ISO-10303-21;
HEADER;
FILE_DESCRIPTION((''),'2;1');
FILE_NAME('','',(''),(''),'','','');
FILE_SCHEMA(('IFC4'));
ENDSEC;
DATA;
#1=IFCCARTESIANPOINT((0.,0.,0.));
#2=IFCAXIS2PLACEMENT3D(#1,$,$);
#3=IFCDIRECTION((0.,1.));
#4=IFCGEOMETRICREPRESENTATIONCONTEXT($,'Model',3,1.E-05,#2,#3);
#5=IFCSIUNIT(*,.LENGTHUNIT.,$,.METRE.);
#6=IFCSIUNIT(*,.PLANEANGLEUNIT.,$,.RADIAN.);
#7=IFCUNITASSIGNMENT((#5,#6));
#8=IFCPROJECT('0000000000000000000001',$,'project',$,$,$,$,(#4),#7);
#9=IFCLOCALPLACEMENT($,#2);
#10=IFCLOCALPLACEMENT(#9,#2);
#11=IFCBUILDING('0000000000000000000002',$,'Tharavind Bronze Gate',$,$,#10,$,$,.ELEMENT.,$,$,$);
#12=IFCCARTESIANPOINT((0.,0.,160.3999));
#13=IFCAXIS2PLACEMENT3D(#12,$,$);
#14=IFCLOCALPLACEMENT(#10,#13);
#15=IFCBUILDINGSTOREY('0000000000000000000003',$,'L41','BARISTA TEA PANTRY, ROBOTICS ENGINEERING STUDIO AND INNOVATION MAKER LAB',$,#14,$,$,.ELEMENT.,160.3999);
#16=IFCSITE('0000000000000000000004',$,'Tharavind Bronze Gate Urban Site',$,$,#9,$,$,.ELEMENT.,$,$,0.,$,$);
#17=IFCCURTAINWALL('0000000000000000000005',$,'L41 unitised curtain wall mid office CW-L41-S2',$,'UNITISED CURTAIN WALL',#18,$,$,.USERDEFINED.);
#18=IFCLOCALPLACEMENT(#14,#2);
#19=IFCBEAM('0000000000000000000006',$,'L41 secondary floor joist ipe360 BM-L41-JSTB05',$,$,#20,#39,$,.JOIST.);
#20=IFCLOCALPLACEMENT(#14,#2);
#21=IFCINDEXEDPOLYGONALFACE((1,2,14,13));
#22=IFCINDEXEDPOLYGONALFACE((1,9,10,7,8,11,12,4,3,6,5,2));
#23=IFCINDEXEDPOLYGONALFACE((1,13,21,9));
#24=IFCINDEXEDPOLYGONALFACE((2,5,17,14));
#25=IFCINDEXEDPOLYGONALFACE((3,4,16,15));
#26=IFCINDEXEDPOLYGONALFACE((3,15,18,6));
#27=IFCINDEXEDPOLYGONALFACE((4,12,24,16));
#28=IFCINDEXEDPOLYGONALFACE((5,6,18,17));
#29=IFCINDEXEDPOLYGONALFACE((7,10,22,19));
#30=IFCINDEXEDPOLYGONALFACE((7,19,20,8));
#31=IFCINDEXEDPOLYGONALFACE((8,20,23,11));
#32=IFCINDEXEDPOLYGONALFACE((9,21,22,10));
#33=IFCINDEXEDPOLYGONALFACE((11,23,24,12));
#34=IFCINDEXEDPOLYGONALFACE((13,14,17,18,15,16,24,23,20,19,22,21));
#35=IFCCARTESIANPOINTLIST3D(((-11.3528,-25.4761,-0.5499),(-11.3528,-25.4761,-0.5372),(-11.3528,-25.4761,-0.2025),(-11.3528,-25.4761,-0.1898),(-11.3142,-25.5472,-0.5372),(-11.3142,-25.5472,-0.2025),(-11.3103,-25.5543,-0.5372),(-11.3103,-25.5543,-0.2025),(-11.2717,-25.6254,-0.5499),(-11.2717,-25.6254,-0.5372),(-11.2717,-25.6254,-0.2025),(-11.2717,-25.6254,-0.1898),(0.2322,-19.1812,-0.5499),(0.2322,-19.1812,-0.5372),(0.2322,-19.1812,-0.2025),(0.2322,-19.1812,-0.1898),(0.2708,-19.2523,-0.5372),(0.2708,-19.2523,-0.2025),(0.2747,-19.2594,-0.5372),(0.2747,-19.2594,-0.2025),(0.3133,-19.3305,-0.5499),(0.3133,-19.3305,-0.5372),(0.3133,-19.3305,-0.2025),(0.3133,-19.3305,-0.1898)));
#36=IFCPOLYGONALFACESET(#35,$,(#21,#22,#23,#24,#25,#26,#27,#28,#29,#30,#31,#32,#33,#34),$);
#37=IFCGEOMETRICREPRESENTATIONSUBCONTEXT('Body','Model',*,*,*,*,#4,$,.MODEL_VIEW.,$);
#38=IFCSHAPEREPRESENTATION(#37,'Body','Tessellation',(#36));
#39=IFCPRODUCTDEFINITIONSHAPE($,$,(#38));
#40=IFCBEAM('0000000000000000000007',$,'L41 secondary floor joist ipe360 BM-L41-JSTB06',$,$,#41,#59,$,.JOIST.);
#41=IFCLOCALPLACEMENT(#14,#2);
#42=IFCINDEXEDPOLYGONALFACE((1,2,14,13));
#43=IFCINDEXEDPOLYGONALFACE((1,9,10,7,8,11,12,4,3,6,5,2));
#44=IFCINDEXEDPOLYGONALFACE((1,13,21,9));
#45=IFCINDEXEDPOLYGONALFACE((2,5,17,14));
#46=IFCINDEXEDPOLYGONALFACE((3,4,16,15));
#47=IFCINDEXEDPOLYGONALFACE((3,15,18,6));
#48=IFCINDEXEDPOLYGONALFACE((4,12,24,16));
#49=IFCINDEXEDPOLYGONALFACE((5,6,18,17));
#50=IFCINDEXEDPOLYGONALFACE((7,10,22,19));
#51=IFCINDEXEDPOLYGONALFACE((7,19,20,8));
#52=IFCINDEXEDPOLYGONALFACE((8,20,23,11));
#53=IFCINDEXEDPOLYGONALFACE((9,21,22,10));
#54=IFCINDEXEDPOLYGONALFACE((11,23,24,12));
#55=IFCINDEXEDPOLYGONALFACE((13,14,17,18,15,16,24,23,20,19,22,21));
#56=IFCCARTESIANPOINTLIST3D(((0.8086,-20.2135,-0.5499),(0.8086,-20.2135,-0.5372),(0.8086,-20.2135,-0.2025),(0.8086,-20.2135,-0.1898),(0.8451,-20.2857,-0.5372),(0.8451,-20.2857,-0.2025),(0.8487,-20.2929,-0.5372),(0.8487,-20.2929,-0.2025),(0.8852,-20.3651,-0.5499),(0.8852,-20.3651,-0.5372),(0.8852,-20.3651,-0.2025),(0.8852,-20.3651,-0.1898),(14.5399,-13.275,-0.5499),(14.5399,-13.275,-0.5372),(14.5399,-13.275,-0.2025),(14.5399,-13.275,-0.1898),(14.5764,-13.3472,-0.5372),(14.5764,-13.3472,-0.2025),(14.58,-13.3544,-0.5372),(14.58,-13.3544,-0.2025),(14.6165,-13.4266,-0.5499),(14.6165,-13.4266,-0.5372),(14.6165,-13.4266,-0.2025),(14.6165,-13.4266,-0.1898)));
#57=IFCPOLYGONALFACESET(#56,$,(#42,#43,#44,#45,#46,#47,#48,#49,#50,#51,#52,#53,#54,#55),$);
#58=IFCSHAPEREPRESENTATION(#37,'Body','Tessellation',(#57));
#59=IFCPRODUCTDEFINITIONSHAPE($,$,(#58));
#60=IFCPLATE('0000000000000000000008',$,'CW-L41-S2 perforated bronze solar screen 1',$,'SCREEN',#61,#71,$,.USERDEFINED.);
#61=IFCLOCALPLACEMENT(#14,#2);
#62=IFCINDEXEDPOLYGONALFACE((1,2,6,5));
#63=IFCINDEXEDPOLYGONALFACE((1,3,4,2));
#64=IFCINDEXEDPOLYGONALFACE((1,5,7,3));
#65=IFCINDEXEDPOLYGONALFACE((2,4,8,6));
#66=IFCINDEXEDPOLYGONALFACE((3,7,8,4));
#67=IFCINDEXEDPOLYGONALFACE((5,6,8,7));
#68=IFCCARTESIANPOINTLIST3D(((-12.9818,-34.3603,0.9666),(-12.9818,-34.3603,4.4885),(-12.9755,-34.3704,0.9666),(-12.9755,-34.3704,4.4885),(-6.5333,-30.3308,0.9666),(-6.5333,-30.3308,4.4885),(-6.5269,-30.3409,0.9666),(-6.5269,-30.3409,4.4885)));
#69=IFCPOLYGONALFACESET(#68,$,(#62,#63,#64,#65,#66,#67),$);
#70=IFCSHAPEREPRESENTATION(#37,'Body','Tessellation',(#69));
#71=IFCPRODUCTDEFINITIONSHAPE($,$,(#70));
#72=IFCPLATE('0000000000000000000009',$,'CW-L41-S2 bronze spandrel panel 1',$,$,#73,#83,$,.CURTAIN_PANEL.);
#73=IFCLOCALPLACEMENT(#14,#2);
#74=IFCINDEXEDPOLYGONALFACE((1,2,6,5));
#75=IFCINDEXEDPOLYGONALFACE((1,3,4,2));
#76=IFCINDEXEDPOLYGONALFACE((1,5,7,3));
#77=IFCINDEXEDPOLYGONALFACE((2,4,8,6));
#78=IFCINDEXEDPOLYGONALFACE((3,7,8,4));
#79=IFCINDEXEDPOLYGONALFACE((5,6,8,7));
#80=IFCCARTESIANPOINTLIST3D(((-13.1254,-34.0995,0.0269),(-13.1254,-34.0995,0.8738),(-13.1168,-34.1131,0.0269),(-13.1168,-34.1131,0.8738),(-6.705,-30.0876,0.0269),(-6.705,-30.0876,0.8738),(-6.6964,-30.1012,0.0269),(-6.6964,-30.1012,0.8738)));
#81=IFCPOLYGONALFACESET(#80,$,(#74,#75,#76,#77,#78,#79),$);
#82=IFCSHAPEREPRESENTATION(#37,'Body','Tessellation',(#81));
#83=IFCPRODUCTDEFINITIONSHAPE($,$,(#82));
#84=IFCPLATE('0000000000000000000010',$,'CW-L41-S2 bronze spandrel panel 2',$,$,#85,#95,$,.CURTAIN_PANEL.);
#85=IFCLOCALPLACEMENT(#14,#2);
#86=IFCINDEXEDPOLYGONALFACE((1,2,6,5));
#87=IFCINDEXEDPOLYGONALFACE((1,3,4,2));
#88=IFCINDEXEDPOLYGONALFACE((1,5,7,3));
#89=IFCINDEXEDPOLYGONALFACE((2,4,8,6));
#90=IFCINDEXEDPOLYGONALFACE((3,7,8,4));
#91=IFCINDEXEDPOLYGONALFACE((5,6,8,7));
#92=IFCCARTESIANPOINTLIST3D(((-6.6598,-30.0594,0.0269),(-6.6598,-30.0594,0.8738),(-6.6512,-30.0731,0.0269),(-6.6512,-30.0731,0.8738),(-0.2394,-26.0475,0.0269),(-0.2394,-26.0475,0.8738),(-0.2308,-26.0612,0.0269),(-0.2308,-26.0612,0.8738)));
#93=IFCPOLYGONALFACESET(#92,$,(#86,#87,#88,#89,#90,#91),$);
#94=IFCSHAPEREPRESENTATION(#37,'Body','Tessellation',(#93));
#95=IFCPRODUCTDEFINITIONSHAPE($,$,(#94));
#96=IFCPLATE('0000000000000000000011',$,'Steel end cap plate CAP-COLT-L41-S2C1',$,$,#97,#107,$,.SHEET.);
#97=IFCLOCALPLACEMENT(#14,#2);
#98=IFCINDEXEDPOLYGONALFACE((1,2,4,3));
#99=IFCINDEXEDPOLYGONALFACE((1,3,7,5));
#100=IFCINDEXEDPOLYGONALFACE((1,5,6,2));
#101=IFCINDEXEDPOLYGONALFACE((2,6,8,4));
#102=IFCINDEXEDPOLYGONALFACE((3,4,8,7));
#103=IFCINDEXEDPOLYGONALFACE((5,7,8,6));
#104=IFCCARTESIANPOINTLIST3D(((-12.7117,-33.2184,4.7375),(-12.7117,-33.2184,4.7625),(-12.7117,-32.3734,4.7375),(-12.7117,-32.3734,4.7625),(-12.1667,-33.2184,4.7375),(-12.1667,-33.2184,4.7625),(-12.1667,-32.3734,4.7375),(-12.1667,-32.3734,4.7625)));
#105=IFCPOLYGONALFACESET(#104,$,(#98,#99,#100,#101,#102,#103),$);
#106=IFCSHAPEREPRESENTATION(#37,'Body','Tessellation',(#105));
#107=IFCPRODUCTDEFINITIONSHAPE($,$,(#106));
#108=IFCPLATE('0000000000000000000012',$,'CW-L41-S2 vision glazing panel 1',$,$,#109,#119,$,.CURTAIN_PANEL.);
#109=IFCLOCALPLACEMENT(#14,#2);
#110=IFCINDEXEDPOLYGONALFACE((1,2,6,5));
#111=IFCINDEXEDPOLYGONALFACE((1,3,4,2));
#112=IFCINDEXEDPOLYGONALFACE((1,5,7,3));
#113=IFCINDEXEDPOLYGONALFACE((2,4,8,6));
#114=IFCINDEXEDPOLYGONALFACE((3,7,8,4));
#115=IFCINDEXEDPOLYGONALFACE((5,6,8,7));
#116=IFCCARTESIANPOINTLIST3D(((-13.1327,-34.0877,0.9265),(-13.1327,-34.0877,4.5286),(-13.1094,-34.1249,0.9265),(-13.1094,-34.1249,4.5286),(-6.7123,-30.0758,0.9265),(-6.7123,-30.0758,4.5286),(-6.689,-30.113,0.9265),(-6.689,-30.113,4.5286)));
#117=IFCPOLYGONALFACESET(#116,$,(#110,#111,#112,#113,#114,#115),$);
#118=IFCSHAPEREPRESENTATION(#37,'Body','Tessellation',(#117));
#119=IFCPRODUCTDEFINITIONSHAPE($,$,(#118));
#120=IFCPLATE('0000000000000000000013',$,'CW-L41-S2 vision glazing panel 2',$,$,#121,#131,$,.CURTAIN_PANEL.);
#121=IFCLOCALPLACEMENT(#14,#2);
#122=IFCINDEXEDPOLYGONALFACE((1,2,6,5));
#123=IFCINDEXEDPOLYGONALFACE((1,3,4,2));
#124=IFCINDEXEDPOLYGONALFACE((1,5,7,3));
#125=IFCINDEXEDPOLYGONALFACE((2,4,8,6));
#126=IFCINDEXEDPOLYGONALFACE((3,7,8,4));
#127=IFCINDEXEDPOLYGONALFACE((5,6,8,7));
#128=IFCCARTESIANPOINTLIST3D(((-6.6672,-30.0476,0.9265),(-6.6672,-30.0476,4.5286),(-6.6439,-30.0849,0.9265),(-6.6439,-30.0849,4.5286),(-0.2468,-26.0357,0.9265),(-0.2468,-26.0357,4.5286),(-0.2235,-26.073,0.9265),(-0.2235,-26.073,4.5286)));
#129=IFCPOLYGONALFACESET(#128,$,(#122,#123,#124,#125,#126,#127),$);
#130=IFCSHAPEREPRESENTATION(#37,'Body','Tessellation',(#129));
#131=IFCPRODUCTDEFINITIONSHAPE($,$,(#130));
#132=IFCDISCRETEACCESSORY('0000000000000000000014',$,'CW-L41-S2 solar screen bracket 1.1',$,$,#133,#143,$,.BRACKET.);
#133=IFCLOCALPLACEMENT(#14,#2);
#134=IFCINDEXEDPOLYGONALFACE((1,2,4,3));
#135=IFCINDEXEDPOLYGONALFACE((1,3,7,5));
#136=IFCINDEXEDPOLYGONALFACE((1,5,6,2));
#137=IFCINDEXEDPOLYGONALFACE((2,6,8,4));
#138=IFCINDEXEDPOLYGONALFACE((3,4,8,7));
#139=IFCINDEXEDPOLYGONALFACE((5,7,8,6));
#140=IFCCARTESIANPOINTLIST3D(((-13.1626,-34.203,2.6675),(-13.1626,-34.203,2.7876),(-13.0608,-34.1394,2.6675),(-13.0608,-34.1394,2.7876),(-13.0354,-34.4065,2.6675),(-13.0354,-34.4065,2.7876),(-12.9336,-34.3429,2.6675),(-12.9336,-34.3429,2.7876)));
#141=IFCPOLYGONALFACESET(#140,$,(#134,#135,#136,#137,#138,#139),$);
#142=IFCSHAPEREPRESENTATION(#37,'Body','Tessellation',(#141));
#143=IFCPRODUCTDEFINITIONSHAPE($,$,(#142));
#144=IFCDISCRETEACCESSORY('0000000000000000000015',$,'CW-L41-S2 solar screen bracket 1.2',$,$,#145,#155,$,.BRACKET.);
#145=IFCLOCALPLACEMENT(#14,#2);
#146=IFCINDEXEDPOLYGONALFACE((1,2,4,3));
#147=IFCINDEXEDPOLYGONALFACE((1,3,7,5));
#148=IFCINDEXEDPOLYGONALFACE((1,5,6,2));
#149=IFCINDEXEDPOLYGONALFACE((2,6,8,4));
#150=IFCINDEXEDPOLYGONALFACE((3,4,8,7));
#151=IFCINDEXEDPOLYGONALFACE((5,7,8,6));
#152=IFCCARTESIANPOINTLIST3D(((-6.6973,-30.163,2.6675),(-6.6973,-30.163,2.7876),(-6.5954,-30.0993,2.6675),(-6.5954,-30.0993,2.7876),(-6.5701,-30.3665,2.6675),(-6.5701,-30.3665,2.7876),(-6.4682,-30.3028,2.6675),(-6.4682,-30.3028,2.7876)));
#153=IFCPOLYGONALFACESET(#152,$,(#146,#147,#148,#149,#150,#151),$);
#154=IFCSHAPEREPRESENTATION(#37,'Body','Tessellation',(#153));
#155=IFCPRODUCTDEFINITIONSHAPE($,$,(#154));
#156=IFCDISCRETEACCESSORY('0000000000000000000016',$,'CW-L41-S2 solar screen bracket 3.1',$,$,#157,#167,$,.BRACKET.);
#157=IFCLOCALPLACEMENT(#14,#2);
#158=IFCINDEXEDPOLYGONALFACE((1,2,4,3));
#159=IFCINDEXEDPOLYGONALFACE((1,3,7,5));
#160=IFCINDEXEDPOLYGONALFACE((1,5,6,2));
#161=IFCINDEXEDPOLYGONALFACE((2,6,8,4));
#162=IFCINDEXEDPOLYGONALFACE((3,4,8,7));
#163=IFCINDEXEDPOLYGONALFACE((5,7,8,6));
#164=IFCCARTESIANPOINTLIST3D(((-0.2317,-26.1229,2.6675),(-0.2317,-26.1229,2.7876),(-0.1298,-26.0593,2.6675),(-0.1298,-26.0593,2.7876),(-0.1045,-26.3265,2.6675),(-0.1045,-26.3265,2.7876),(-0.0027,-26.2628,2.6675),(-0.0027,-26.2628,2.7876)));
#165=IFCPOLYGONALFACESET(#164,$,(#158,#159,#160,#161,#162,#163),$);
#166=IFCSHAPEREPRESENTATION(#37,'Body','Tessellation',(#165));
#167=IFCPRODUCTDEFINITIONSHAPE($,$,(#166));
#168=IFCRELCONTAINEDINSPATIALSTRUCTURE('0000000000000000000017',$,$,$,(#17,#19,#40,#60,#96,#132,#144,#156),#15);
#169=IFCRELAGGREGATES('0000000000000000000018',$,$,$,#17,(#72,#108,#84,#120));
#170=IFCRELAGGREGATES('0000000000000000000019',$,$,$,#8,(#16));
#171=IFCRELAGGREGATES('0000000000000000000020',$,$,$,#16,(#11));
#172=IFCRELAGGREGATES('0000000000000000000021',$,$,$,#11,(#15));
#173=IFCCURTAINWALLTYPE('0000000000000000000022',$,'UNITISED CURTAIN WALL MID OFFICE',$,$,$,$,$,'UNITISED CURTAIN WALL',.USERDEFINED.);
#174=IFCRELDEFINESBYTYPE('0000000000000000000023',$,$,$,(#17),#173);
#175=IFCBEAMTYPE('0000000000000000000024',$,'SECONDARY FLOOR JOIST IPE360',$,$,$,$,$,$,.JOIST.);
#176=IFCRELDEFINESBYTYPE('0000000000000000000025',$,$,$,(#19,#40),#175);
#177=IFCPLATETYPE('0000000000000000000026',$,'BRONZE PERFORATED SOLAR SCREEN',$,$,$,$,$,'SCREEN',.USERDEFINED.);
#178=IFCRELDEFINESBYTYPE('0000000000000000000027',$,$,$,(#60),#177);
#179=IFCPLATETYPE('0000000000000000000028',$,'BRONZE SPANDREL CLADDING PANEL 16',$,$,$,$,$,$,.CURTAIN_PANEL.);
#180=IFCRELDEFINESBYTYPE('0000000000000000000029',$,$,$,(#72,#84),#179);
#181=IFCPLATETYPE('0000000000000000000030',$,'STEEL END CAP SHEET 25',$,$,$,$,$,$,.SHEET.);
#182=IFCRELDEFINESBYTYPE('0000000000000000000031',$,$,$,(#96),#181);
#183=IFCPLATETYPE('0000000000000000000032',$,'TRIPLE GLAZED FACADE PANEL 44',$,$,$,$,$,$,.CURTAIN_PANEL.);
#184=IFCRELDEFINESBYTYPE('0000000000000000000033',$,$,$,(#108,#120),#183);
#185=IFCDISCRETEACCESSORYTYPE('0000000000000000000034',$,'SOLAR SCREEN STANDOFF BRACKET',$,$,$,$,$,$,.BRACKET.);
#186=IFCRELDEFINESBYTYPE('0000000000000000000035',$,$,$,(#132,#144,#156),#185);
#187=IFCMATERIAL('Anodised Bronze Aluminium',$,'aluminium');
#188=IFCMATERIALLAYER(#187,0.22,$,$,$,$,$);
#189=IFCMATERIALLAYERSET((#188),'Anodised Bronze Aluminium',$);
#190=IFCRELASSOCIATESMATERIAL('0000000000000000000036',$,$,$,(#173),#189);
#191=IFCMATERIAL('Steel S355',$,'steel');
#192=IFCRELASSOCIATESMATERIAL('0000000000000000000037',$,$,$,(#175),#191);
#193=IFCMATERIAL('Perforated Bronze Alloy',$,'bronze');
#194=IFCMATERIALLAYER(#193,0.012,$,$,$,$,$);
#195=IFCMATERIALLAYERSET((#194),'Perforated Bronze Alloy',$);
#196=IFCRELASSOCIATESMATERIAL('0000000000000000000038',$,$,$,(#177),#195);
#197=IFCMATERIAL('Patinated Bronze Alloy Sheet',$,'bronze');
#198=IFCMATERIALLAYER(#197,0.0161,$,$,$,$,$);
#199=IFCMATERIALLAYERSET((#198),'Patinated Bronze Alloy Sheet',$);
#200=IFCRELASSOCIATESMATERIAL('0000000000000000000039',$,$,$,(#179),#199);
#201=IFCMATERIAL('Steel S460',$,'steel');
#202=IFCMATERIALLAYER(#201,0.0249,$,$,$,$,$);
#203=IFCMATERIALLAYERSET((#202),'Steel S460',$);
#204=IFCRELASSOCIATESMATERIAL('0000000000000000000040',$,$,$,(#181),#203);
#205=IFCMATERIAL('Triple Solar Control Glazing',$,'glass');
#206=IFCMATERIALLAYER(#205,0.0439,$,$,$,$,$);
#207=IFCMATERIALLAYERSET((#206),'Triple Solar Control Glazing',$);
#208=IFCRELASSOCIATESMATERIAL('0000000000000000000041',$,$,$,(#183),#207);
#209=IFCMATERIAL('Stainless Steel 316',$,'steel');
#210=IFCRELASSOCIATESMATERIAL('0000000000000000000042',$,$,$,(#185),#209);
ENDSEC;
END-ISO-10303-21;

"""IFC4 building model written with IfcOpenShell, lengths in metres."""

from ifc_helpers import new_model, si_unit, direction, frame, origin, origin_2d, place, context, subcontext, project, spatial, rectangle, i_section, extrude, material, layer, layer_set, material_profile, profile_set, type_object, element, aggregate, save


model = new_model("IFC4")

# Units and contexts
model_context = context("Model", 3, precision=1e-05, world=origin(), true_north=direction((0.0, 1.0)))
body_context = subcontext(model_context, "Body", "Model", "MODEL_VIEW")
ifc_project = project(units=[si_unit("LENGTHUNIT", "METRE"), si_unit("PLANEANGLEUNIT", "RADIAN")], contexts=[model_context])

# Site, building, storey
site_placement = place(None, origin())
site = spatial("IfcSite", under=ifc_project, at=site_placement, Name="Tharavind Bronze Gate Urban Site", CompositionType="ELEMENT", RefElevation=0.0)
building_placement = place(site_placement, origin())
building = spatial("IfcBuilding", under=site, at=building_placement, Name="Tharavind Bronze Gate", CompositionType="ELEMENT")
storey_placement = place(building_placement, frame((0.0, 0.0, 160.3999)))
storey = spatial("IfcBuildingStorey", under=building, at=storey_placement, Name="L41", Description="BARISTA TEA PANTRY, ROBOTICS ENGINEERING STUDIO AND INNOVATION MAKER LAB", CompositionType="ELEMENT", Elevation=160.3999)

# Shared definitions
ifc_material_1 = material(Name="Steel S460", Category="steel")

# Curtain wall
ifc_material_2 = material(Name="Anodised Bronze Aluminium", Category="aluminium")
ifc_layer_1 = layer(ifc_material_2, 0.22)
ifc_layer_set_1 = layer_set([ifc_layer_1], Name="Anodised Bronze Aluminium")
curtain_wall_type = type_object("IfcCurtainWallType", Name="UNITISED CURTAIN WALL MID OFFICE", ElementType="UNITISED CURTAIN WALL", PredefinedType="USERDEFINED", material=ifc_layer_set_1)
curtain_wall_placement = place(storey_placement, origin())
curtain_wall = element("IfcCurtainWall", 1, at=curtain_wall_placement, inside=storey, type_object=curtain_wall_type, Name="L41 unitised curtain wall mid office CW-L41-S2", ObjectType="UNITISED CURTAIN WALL", PredefinedType="USERDEFINED")

# Beams
ifc_material_3 = material(Name="Steel S355", Category="steel")
ifc_material_profile_1 = material_profile(ifc_material_3, i_section(OverallWidth=0.1699, OverallDepth=0.3601, WebThickness=0.0081, FlangeThickness=0.0127, at=origin_2d()), Name="IPE360")
ifc_profile_set_1 = profile_set([ifc_material_profile_1], Name="Steel S355")
beam_type_1 = type_object("IfcBeamType", Name="SECONDARY FLOOR JOIST IPE360", PredefinedType="JOIST", material=ifc_profile_set_1)
beam_1_placement = place(storey_placement, frame((-11.3123, -25.5508, -0.3699), z_axis=(0.878664, 0.47744, 0.0), x_axis=(-0.47744, 0.878664, 0.0)))
element("IfcBeam", 2, at=beam_1_placement, inside=storey, type_object=beam_type_1, Name="L41 secondary floor joist ipe360 BM-L41-JSTB05", PredefinedType="JOIST", context=body_context, shape_type="SweptSolid", body=[
    extrude(i_section(OverallWidth=0.1699, OverallDepth=0.3601, WebThickness=0.0081, FlangeThickness=0.0127, at=origin_2d()), origin(), (0.0, 0.0, 1.0), 13.1848),
])
beam_2_placement = place(storey_placement, frame((0.8469, -20.2893, -0.3699), z_axis=(0.892524, 0.450999, 0.0), x_axis=(-0.450999, 0.892524, 0.0)))
element("IfcBeam", 3, at=beam_2_placement, inside=storey, type_object=beam_type_1, Name="L41 secondary floor joist ipe360 BM-L41-JSTB06", PredefinedType="JOIST", context=body_context, shape_type="SweptSolid", body=[
    extrude(i_section(OverallWidth=0.1699, OverallDepth=0.3601, WebThickness=0.0081, FlangeThickness=0.0127, at=origin_2d()), origin(), (0.0, 0.0, 1.0), 15.3848),
])

# Plates
ifc_material_4 = material(Name="Perforated Bronze Alloy", Category="bronze")
ifc_layer_2 = layer(ifc_material_4, 0.012)
ifc_layer_set_2 = layer_set([ifc_layer_2], Name="Perforated Bronze Alloy")
plate_type_1 = type_object("IfcPlateType", Name="BRONZE PERFORATED SOLAR SCREEN", ElementType="SCREEN", PredefinedType="USERDEFINED", material=ifc_layer_set_2)
plate_1_placement = place(storey_placement, frame((-9.7544, -32.3506, 0.9666), z_axis=(0.0, 0.0, 1.0), x_axis=(0.848048, 0.529919, 0.0)))
element("IfcPlate", 4, at=plate_1_placement, inside=storey, type_object=plate_type_1, Name="CW-L41-S2 perforated bronze solar screen 1", ObjectType="SCREEN", PredefinedType="USERDEFINED", context=body_context, shape_type="SweptSolid", body=[
    extrude(rectangle(XDim=7.604, YDim=0.012, at=origin_2d()), origin(), (0.0, 0.0, 1.0), 3.522),
])
ifc_material_5 = material(Name="Patinated Bronze Alloy Sheet", Category="bronze")
ifc_layer_3 = layer(ifc_material_5, 0.0161)
ifc_layer_set_3 = layer_set([ifc_layer_3], Name="Patinated Bronze Alloy Sheet")
plate_type_2 = type_object("IfcPlateType", Name="BRONZE SPANDREL CLADDING PANEL 16", PredefinedType="CURTAIN_PANEL", material=ifc_layer_set_3)
plate_2_placement = place(storey_placement, frame((-9.9109, -32.1003, 0.0269), z_axis=(0.0, 0.0, 1.0), x_axis=(0.848048, 0.529919, 0.0)))
plate_2 = element("IfcPlate", 5, at=plate_2_placement, type_object=plate_type_2, Name="CW-L41-S2 bronze spandrel panel 1", PredefinedType="CURTAIN_PANEL", context=body_context, shape_type="SweptSolid", body=[
    extrude(rectangle(XDim=7.5708, YDim=0.0161, at=origin_2d()), origin(), (0.0, 0.0, 1.0), 0.8469),
])
plate_3_placement = place(storey_placement, frame((-3.4453, -28.0603, 0.0269), z_axis=(0.0, 0.0, 1.0), x_axis=(0.848048, 0.529919, 0.0)))
plate_3 = element("IfcPlate", 6, at=plate_3_placement, type_object=plate_type_2, Name="CW-L41-S2 bronze spandrel panel 2", PredefinedType="CURTAIN_PANEL", context=body_context, shape_type="SweptSolid", body=[
    extrude(rectangle(XDim=7.5708, YDim=0.0161, at=origin_2d()), origin(), (0.0, 0.0, 1.0), 0.8469),
])
ifc_layer_4 = layer(ifc_material_1, 0.0249)
ifc_layer_set_4 = layer_set([ifc_layer_4], Name="Steel S460")
plate_type_3 = type_object("IfcPlateType", Name="STEEL END CAP SHEET 25", PredefinedType="SHEET", material=ifc_layer_set_4)
plate_4_placement = place(storey_placement, frame((-12.4392, -32.7959, 4.7375), z_axis=(0.0, 0.0, 1.0), x_axis=(1.0, 0.0, 0.0)))
element("IfcPlate", 7, at=plate_4_placement, inside=storey, type_object=plate_type_3, Name="Steel end cap plate CAP-COLT-L41-S2C1", PredefinedType="SHEET", context=body_context, shape_type="SweptSolid", body=[
    extrude(rectangle(XDim=0.5449, YDim=0.845, at=origin_2d()), origin(), (0.0, 0.0, 1.0), 0.0249),
])
ifc_material_6 = material(Name="Triple Solar Control Glazing", Category="glass")
ifc_layer_5 = layer(ifc_material_6, 0.0439)
ifc_layer_set_5 = layer_set([ifc_layer_5], Name="Triple Solar Control Glazing")
plate_type_4 = type_object("IfcPlateType", Name="TRIPLE GLAZED FACADE PANEL 44", PredefinedType="CURTAIN_PANEL", material=ifc_layer_set_5)
plate_5_placement = place(storey_placement, frame((-9.9109, -32.1003, 0.9265), z_axis=(0.0, 0.0, 1.0), x_axis=(0.848048, 0.529919, 0.0)))
plate_5 = element("IfcPlate", 8, at=plate_5_placement, type_object=plate_type_4, Name="CW-L41-S2 vision glazing panel 1", PredefinedType="CURTAIN_PANEL", context=body_context, shape_type="SweptSolid", body=[
    extrude(rectangle(XDim=7.5708, YDim=0.0439, at=origin_2d()), origin(), (0.0, 0.0, 1.0), 3.6021),
])
plate_6_placement = place(storey_placement, frame((-3.4453, -28.0603, 0.9265), z_axis=(0.0, 0.0, 1.0), x_axis=(0.848048, 0.529919, 0.0)))
plate_6 = element("IfcPlate", 9, at=plate_6_placement, type_object=plate_type_4, Name="CW-L41-S2 vision glazing panel 2", PredefinedType="CURTAIN_PANEL", context=body_context, shape_type="SweptSolid", body=[
    extrude(rectangle(XDim=7.5708, YDim=0.0439, at=origin_2d()), origin(), (0.0, 0.0, 1.0), 3.6021),
])
aggregate(curtain_wall, [plate_2, plate_5, plate_3, plate_6])

# Discrete accessories
ifc_material_7 = material(Name="Stainless Steel 316", Category="steel")
discrete_accessory_type = type_object("IfcDiscreteAccessoryType", Name="SOLAR SCREEN STANDOFF BRACKET", PredefinedType="BRACKET", material=ifc_material_7)
for number, where, z_axis, x_axis, name in (
    (10, (-13.0481, -34.2729, 2.6675), (0.0, 0.0, 1.0), (0.848048, 0.529919, 0.0), "CW-L41-S2 solar screen bracket 1.1"),
    (11, (-6.5828, -30.2329, 2.6675), (0.0, 0.0, 1.0), (0.848048, 0.529919, 0.0), "CW-L41-S2 solar screen bracket 1.2"),
    (12, (-0.1172, -26.1929, 2.6675), (0.0, 0.0, 1.0), (0.848048, 0.529919, 0.0), "CW-L41-S2 solar screen bracket 3.1"),
):
    element("IfcDiscreteAccessory", number, at=place(storey_placement, frame(where, z_axis=z_axis, x_axis=x_axis)), inside=storey, type_object=discrete_accessory_type, Name=name, PredefinedType="BRACKET", context=body_context, shape_type="SweptSolid", body=[
        extrude(rectangle(XDim=0.1201, YDim=0.24, at=origin_2d()), origin(), (0.0, 0.0, 1.0), 0.1201),
    ])

save(model, "model.ifc")
